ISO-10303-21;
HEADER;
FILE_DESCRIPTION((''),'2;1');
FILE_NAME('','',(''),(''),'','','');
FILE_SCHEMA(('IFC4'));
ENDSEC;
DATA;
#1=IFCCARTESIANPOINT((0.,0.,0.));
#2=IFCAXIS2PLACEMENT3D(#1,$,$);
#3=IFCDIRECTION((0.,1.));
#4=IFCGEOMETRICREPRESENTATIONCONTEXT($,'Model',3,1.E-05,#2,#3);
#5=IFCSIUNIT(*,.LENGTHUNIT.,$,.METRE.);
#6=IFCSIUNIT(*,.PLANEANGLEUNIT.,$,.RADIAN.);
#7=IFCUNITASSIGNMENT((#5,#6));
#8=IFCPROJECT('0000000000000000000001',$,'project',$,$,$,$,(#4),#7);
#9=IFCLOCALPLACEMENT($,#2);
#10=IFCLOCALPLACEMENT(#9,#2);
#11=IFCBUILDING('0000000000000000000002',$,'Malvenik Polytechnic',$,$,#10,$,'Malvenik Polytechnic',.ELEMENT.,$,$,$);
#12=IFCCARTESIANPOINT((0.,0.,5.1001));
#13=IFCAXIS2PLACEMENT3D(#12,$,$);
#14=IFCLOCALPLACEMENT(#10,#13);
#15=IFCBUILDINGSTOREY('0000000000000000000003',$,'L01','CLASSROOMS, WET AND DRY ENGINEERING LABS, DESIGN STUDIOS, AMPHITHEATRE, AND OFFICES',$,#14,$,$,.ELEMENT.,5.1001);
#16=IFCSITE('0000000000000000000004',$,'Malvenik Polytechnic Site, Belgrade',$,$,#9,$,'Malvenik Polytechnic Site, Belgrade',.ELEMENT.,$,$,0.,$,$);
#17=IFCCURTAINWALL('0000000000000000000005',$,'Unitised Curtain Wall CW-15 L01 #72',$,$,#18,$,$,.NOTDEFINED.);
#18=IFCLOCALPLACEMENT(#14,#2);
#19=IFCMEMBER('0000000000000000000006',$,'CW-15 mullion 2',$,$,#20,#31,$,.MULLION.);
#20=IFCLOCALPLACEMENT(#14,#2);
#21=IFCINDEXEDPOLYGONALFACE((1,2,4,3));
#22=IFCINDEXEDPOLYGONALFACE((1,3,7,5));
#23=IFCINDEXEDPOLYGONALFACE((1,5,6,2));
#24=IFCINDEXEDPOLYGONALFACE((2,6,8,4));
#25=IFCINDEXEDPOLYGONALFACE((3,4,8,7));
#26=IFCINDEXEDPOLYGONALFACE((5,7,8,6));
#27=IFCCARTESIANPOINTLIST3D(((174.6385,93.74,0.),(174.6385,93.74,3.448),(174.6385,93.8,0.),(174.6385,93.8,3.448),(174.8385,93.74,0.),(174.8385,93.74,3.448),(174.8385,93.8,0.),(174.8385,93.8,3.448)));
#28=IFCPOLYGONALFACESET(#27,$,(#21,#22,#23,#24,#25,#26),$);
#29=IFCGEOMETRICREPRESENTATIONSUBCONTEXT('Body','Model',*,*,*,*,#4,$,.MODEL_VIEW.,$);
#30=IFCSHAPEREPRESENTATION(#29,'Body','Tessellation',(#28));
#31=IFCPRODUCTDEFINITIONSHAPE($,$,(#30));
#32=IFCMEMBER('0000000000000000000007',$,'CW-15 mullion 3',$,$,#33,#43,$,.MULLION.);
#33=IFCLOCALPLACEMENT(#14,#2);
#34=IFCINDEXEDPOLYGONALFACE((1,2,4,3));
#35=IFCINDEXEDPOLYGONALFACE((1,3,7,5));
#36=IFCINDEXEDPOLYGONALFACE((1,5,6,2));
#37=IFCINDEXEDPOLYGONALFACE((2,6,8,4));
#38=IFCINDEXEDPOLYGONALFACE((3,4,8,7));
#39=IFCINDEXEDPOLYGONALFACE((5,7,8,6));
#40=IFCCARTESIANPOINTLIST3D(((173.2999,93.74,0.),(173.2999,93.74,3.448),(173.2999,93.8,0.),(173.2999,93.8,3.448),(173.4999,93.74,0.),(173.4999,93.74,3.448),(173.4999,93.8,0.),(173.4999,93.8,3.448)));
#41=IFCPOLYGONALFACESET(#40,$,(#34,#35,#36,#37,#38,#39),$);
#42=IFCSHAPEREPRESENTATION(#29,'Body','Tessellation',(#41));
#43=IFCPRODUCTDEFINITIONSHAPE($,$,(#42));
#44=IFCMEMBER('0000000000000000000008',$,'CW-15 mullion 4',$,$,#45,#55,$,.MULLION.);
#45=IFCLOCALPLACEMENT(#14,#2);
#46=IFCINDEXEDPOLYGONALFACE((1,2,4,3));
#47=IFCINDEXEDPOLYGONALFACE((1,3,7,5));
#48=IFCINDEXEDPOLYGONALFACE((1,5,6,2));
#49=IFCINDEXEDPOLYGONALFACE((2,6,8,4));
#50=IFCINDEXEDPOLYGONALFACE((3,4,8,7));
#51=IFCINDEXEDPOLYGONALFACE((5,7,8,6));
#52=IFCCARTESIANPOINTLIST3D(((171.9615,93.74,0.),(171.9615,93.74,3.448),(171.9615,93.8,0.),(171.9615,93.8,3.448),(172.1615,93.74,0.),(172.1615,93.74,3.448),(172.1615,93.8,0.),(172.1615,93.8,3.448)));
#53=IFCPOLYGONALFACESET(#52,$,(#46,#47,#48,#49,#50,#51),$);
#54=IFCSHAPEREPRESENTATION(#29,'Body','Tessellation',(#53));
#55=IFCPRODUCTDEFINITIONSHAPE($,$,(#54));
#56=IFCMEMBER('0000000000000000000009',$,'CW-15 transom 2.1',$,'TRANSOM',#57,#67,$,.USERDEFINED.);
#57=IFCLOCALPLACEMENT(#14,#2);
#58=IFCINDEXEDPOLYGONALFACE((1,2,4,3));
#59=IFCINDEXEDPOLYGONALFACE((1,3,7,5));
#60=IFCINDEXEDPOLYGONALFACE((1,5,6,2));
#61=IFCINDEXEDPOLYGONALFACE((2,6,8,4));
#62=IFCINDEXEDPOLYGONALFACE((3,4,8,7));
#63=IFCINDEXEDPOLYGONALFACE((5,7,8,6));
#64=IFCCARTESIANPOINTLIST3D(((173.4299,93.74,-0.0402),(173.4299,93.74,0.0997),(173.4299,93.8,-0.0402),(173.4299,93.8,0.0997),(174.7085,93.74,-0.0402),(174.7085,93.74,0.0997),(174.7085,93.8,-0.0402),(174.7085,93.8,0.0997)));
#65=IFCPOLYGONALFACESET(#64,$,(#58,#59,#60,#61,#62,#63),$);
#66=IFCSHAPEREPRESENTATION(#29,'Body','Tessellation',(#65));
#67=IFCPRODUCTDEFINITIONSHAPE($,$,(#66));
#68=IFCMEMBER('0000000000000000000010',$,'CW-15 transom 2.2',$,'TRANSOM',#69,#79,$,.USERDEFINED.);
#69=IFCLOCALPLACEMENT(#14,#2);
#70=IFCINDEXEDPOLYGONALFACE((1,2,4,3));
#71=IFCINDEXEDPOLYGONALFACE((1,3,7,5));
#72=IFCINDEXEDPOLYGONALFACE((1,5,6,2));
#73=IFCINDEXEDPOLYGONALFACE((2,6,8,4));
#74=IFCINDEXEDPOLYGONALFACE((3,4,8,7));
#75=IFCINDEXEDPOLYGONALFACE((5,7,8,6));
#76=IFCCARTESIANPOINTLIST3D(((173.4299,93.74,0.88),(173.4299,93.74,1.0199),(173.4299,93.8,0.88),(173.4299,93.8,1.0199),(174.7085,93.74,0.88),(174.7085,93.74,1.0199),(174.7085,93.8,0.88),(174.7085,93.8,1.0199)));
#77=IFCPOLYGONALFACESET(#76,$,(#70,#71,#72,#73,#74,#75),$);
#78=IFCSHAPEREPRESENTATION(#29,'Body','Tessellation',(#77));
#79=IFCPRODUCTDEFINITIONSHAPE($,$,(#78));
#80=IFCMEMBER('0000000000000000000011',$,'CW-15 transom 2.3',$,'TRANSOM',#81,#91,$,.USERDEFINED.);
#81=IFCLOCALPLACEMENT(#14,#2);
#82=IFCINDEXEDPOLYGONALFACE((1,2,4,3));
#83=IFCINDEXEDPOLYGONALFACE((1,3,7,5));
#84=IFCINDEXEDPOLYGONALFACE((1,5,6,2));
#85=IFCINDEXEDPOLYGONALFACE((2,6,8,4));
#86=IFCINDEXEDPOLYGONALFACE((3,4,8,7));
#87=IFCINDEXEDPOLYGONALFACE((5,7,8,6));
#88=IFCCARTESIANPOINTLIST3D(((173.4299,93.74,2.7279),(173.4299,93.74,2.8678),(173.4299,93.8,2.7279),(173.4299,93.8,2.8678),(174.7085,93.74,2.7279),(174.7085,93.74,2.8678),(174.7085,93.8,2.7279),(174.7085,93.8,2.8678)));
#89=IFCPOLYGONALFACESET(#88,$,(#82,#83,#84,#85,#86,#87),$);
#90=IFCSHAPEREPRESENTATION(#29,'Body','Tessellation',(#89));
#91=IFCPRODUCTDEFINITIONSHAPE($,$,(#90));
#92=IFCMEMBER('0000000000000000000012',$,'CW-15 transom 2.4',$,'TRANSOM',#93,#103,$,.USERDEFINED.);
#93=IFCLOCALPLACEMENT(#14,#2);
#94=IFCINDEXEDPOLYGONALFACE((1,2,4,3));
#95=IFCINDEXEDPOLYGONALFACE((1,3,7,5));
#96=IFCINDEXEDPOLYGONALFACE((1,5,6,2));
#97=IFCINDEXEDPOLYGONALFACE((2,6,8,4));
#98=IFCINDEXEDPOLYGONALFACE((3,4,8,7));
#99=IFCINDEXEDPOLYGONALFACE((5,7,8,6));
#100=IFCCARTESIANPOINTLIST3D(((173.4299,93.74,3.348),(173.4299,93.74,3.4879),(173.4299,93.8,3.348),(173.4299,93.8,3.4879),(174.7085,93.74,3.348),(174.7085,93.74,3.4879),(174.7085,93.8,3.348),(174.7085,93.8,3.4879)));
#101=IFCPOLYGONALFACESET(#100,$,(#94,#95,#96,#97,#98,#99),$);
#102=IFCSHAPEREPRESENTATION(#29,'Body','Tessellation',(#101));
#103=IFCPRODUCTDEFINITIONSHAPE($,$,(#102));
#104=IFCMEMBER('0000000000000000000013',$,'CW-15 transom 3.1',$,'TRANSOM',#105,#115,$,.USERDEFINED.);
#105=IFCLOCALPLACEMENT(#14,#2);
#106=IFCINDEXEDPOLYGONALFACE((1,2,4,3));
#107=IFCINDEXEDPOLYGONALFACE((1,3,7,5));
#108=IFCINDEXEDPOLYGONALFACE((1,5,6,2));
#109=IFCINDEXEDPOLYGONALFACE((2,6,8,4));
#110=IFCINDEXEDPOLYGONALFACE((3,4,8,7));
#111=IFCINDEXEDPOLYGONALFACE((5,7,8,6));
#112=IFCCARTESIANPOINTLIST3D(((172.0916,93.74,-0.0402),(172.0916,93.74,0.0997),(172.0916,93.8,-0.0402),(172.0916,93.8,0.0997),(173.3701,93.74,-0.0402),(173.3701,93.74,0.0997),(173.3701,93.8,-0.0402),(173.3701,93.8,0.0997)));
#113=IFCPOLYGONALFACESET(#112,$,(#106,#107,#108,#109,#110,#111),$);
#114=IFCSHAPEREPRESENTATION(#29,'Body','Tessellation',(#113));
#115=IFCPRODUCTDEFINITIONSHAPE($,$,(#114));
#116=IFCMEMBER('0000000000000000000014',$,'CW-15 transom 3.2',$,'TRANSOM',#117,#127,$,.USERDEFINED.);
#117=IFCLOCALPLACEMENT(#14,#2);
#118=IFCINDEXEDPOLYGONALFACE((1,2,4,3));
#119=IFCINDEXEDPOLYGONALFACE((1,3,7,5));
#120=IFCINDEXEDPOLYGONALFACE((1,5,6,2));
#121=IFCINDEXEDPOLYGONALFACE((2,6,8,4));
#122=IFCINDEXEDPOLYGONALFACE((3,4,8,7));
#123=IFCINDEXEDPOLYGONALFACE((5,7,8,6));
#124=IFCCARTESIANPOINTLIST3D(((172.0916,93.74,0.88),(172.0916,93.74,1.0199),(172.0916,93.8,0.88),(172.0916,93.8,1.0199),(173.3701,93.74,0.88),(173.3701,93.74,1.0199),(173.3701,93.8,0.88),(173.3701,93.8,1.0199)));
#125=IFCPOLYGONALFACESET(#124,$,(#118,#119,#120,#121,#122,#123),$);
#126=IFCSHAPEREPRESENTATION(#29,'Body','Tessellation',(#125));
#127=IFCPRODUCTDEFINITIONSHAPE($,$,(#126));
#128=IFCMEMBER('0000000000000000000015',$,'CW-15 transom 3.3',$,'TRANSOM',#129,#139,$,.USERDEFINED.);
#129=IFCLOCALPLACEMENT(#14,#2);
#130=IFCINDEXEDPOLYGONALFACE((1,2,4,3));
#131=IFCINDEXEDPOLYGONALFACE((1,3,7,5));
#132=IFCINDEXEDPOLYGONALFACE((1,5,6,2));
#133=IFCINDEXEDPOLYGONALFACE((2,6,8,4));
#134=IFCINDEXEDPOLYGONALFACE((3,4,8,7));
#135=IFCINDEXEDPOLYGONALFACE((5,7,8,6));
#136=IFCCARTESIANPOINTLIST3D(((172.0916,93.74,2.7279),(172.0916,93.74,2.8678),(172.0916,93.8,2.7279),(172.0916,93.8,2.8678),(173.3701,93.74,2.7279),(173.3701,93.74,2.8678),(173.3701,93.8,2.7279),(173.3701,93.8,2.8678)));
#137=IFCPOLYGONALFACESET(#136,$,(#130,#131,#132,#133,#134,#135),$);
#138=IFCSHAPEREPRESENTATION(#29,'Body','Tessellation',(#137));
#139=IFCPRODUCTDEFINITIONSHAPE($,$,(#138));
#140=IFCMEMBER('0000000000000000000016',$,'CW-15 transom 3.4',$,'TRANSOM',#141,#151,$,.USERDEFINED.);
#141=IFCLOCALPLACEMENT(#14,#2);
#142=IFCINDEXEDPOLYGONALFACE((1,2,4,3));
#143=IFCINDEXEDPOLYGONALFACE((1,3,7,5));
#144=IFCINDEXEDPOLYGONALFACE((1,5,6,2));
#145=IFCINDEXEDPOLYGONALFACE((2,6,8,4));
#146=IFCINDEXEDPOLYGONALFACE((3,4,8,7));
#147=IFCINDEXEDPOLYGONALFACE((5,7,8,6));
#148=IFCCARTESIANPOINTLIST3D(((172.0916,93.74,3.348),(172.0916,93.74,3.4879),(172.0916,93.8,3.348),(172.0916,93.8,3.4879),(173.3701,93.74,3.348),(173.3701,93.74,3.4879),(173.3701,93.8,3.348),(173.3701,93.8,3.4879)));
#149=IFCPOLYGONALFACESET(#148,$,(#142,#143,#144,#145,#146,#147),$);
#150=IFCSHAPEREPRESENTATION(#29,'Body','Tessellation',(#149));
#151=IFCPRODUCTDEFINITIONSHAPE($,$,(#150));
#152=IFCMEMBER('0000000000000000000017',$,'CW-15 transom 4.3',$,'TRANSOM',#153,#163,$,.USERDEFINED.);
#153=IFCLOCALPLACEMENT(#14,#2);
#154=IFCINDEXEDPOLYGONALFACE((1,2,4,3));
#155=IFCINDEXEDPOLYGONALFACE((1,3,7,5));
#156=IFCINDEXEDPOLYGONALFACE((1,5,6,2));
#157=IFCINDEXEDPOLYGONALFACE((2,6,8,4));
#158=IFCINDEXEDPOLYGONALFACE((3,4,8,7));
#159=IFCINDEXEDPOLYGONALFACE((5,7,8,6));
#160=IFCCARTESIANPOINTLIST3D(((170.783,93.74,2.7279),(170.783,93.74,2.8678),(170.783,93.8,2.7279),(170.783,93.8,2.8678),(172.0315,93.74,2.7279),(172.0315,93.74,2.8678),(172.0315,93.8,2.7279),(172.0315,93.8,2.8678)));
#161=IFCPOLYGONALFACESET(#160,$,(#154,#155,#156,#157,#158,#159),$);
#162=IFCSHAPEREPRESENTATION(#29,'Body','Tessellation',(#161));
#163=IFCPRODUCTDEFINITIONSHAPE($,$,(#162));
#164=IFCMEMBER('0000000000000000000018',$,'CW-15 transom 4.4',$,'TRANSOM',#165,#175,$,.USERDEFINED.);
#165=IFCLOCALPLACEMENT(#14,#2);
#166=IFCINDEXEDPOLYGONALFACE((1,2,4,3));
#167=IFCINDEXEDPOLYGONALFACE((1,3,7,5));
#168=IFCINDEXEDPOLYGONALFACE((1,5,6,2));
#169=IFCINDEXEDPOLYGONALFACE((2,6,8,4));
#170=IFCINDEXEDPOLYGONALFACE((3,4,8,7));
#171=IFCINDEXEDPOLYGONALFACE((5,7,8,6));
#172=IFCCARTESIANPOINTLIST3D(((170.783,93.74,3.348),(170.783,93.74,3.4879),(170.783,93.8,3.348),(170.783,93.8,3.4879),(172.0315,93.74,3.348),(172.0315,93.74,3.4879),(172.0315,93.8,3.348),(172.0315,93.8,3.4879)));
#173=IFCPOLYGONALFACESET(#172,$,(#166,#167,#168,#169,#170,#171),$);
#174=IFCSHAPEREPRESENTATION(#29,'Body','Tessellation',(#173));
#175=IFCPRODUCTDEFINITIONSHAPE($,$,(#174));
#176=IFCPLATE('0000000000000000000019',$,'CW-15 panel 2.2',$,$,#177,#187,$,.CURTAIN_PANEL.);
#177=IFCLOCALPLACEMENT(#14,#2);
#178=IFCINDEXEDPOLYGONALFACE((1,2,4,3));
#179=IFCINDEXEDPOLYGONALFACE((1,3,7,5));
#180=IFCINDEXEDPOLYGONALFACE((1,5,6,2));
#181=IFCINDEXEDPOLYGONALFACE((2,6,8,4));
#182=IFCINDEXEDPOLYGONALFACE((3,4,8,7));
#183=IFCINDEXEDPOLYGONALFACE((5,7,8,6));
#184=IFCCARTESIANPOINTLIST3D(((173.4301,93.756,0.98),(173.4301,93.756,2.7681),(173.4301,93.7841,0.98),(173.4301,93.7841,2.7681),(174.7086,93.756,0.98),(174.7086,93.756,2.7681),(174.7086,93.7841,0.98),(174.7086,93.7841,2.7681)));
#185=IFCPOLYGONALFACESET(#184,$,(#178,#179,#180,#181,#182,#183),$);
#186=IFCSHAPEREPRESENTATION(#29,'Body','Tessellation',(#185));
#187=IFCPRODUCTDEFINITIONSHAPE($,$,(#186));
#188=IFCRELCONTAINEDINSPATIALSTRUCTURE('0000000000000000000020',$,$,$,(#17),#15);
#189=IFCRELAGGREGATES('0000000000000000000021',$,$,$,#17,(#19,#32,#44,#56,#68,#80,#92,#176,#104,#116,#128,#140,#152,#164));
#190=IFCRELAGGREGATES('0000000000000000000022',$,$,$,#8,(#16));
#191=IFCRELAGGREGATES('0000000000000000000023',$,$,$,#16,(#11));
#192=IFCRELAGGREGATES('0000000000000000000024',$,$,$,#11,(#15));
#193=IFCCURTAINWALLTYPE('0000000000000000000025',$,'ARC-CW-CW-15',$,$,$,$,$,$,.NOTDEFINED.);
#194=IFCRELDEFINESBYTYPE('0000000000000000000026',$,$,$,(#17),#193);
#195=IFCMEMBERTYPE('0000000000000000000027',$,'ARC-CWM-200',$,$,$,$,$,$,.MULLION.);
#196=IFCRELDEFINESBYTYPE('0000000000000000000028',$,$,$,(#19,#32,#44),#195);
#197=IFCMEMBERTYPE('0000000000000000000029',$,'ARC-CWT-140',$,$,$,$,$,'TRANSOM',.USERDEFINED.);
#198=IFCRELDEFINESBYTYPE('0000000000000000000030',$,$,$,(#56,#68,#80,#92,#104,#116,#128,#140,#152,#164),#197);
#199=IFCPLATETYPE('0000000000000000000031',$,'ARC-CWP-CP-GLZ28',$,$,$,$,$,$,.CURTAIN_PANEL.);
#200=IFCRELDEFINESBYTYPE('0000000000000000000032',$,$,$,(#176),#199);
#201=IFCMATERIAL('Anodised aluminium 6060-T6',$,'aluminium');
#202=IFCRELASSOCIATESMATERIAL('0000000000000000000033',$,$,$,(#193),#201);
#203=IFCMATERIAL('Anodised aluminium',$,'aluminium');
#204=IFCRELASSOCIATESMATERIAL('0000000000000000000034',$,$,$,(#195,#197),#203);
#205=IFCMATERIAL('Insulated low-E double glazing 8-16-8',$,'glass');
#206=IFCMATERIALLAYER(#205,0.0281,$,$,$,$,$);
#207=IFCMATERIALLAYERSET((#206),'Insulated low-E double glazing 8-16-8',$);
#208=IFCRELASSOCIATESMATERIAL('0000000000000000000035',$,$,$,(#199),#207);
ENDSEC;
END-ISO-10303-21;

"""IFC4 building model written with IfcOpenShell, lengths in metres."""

from ifc_helpers import new_model, si_unit, direction, frame, origin, origin_2d, place, context, subcontext, project, spatial, rectangle, extrude, material, layer, layer_set, material_profile, profile_set, type_object, element, aggregate, save


model = new_model("IFC4")

# Units and contexts
model_context = context("Model", 3, precision=1e-05, world=origin(), true_north=direction((0.0, 1.0)))
body_context = subcontext(model_context, "Body", "Model", "MODEL_VIEW")
ifc_project = project(units=[si_unit("LENGTHUNIT", "METRE"), si_unit("PLANEANGLEUNIT", "RADIAN")], contexts=[model_context])

# Site, building, storey
site_placement = place(None, origin())
site = spatial("IfcSite", under=ifc_project, at=site_placement, Name="Malvenik Polytechnic Site, Belgrade", LongName="Malvenik Polytechnic Site, Belgrade", CompositionType="ELEMENT", RefElevation=0.0)
building_placement = place(site_placement, origin())
building = spatial("IfcBuilding", under=site, at=building_placement, Name="Malvenik Polytechnic", LongName="Malvenik Polytechnic", CompositionType="ELEMENT")
storey_placement = place(building_placement, frame((0.0, 0.0, 5.1001)))
storey = spatial("IfcBuildingStorey", under=building, at=storey_placement, Name="L01", Description="CLASSROOMS, WET AND DRY ENGINEERING LABS, DESIGN STUDIOS, AMPHITHEATRE, AND OFFICES", CompositionType="ELEMENT", Elevation=5.1001)

# Curtain wall, members, plate
ifc_material_1 = material(Name="Anodised aluminium 6060-T6", Category="aluminium")
curtain_wall_type = type_object("IfcCurtainWallType", Name="ARC-CW-CW-15", PredefinedType="NOTDEFINED", material=ifc_material_1)
curtain_wall_placement = place(storey_placement, origin())
curtain_wall = element("IfcCurtainWall", 1, at=curtain_wall_placement, inside=storey, type_object=curtain_wall_type, Name="Unitised Curtain Wall CW-15 L01 #72", PredefinedType="NOTDEFINED")
ifc_material_2 = material(Name="Anodised aluminium", Category="aluminium")
ifc_material_profile_1 = material_profile(ifc_material_2, rectangle(XDim=0.0601, YDim=0.2, at=origin_2d()), Name="ALU MULLION 60x200")
ifc_profile_set_1 = profile_set([ifc_material_profile_1], Name="Anodised aluminium")
member_type_1 = type_object("IfcMemberType", Name="ARC-CWM-200", PredefinedType="MULLION", material=ifc_profile_set_1)
member_1_placement = place(storey_placement, frame((174.7385, 93.77, 0.0), z_axis=(0.0, 0.0, 1.0), x_axis=(0.0, -1.0, 0.0)))
member_1 = element("IfcMember", 2, at=member_1_placement, type_object=member_type_1, Name="CW-15 mullion 2", PredefinedType="MULLION", context=body_context, shape_type="SweptSolid", body=[
    extrude(rectangle(XDim=0.0601, YDim=0.2, at=origin_2d()), origin(), (0.0, 0.0, 1.0), 3.448),
])
member_2_placement = place(storey_placement, frame((173.3999, 93.77, 0.0), z_axis=(0.0, 0.0, 1.0), x_axis=(0.0, -1.0, 0.0)))
member_2 = element("IfcMember", 3, at=member_2_placement, type_object=member_type_1, Name="CW-15 mullion 3", PredefinedType="MULLION", context=body_context, shape_type="SweptSolid", body=[
    extrude(rectangle(XDim=0.0601, YDim=0.2, at=origin_2d()), origin(), (0.0, 0.0, 1.0), 3.448),
])
member_3_placement = place(storey_placement, frame((172.0615, 93.77, 0.0), z_axis=(0.0, 0.0, 1.0), x_axis=(0.0, -1.0, 0.0)))
member_3 = element("IfcMember", 4, at=member_3_placement, type_object=member_type_1, Name="CW-15 mullion 4", PredefinedType="MULLION", context=body_context, shape_type="SweptSolid", body=[
    extrude(rectangle(XDim=0.0601, YDim=0.2, at=origin_2d()), origin(), (0.0, 0.0, 1.0), 3.448),
])
ifc_material_profile_2 = material_profile(ifc_material_2, rectangle(XDim=0.0601, YDim=0.1399, at=origin_2d()), Name="ALU TRANSOM 60x140")
ifc_profile_set_2 = profile_set([ifc_material_profile_2], Name="Anodised aluminium")
member_type_2 = type_object("IfcMemberType", Name="ARC-CWT-140", ElementType="TRANSOM", PredefinedType="USERDEFINED", material=ifc_profile_set_2)
member_4_placement = place(storey_placement, frame((174.7085, 93.77, 0.0298), z_axis=(-1.0, 0.0, 0.0), x_axis=(0.0, -1.0, 0.0)))
member_4 = element("IfcMember", 5, at=member_4_placement, type_object=member_type_2, Name="CW-15 transom 2.1", ObjectType="TRANSOM", PredefinedType="USERDEFINED", context=body_context, shape_type="SweptSolid", body=[
    extrude(rectangle(XDim=0.0601, YDim=0.1399, at=origin_2d()), origin(), (0.0, 0.0, 1.0), 1.2786),
])
member_5_placement = place(storey_placement, frame((174.7085, 93.77, 0.95), z_axis=(-1.0, 0.0, 0.0), x_axis=(0.0, -1.0, 0.0)))
member_5 = element("IfcMember", 6, at=member_5_placement, type_object=member_type_2, Name="CW-15 transom 2.2", ObjectType="TRANSOM", PredefinedType="USERDEFINED", context=body_context, shape_type="SweptSolid", body=[
    extrude(rectangle(XDim=0.0601, YDim=0.1399, at=origin_2d()), origin(), (0.0, 0.0, 1.0), 1.2786),
])
member_6_placement = place(storey_placement, frame((174.7085, 93.77, 2.7979), z_axis=(-1.0, 0.0, 0.0), x_axis=(0.0, -1.0, 0.0)))
member_6 = element("IfcMember", 7, at=member_6_placement, type_object=member_type_2, Name="CW-15 transom 2.3", ObjectType="TRANSOM", PredefinedType="USERDEFINED", context=body_context, shape_type="SweptSolid", body=[
    extrude(rectangle(XDim=0.0601, YDim=0.1399, at=origin_2d()), origin(), (0.0, 0.0, 1.0), 1.2786),
])
member_7_placement = place(storey_placement, frame((174.7085, 93.77, 3.418), z_axis=(-1.0, 0.0, 0.0), x_axis=(0.0, -1.0, 0.0)))
member_7 = element("IfcMember", 8, at=member_7_placement, type_object=member_type_2, Name="CW-15 transom 2.4", ObjectType="TRANSOM", PredefinedType="USERDEFINED", context=body_context, shape_type="SweptSolid", body=[
    extrude(rectangle(XDim=0.0601, YDim=0.1399, at=origin_2d()), origin(), (0.0, 0.0, 1.0), 1.2786),
])
member_8_placement = place(storey_placement, frame((173.3701, 93.77, 0.0298), z_axis=(-1.0, 0.0, 0.0), x_axis=(0.0, -1.0, 0.0)))
member_8 = element("IfcMember", 9, at=member_8_placement, type_object=member_type_2, Name="CW-15 transom 3.1", ObjectType="TRANSOM", PredefinedType="USERDEFINED", context=body_context, shape_type="SweptSolid", body=[
    extrude(rectangle(XDim=0.0601, YDim=0.1399, at=origin_2d()), origin(), (0.0, 0.0, 1.0), 1.2786),
])
member_9_placement = place(storey_placement, frame((173.3701, 93.77, 0.95), z_axis=(-1.0, 0.0, 0.0), x_axis=(0.0, -1.0, 0.0)))
member_9 = element("IfcMember", 10, at=member_9_placement, type_object=member_type_2, Name="CW-15 transom 3.2", ObjectType="TRANSOM", PredefinedType="USERDEFINED", context=body_context, shape_type="SweptSolid", body=[
    extrude(rectangle(XDim=0.0601, YDim=0.1399, at=origin_2d()), origin(), (0.0, 0.0, 1.0), 1.2786),
])
member_10_placement = place(storey_placement, frame((173.3701, 93.77, 2.7979), z_axis=(-1.0, 0.0, 0.0), x_axis=(0.0, -1.0, 0.0)))
member_10 = element("IfcMember", 11, at=member_10_placement, type_object=member_type_2, Name="CW-15 transom 3.3", ObjectType="TRANSOM", PredefinedType="USERDEFINED", context=body_context, shape_type="SweptSolid", body=[
    extrude(rectangle(XDim=0.0601, YDim=0.1399, at=origin_2d()), origin(), (0.0, 0.0, 1.0), 1.2786),
])
member_11_placement = place(storey_placement, frame((173.3701, 93.77, 3.418), z_axis=(-1.0, 0.0, 0.0), x_axis=(0.0, -1.0, 0.0)))
member_11 = element("IfcMember", 12, at=member_11_placement, type_object=member_type_2, Name="CW-15 transom 3.4", ObjectType="TRANSOM", PredefinedType="USERDEFINED", context=body_context, shape_type="SweptSolid", body=[
    extrude(rectangle(XDim=0.0601, YDim=0.1399, at=origin_2d()), origin(), (0.0, 0.0, 1.0), 1.2786),
])
member_12_placement = place(storey_placement, frame((172.0315, 93.77, 2.7979), z_axis=(-1.0, 0.0, 0.0), x_axis=(0.0, -1.0, 0.0)))
member_12 = element("IfcMember", 13, at=member_12_placement, type_object=member_type_2, Name="CW-15 transom 4.3", ObjectType="TRANSOM", PredefinedType="USERDEFINED", context=body_context, shape_type="SweptSolid", body=[
    extrude(rectangle(XDim=0.0601, YDim=0.1399, at=origin_2d()), origin(), (0.0, 0.0, 1.0), 1.2485),
])
member_13_placement = place(storey_placement, frame((172.0315, 93.77, 3.418), z_axis=(-1.0, 0.0, 0.0), x_axis=(0.0, -1.0, 0.0)))
member_13 = element("IfcMember", 14, at=member_13_placement, type_object=member_type_2, Name="CW-15 transom 4.4", ObjectType="TRANSOM", PredefinedType="USERDEFINED", context=body_context, shape_type="SweptSolid", body=[
    extrude(rectangle(XDim=0.0601, YDim=0.1399, at=origin_2d()), origin(), (0.0, 0.0, 1.0), 1.2485),
])
ifc_material_3 = material(Name="Insulated low-E double glazing 8-16-8", Category="glass")
ifc_layer_1 = layer(ifc_material_3, 0.0281)
ifc_layer_set_1 = layer_set([ifc_layer_1], Name="Insulated low-E double glazing 8-16-8")
plate_type_1 = type_object("IfcPlateType", Name="ARC-CWP-CP-GLZ28", PredefinedType="CURTAIN_PANEL", material=ifc_layer_set_1)
plate_1_placement = place(storey_placement, frame((174.0693, 93.77, 0.98), z_axis=(0.0, 0.0, 1.0), x_axis=(-1.0, 0.0, 0.0)))
plate_1 = element("IfcPlate", 15, at=plate_1_placement, type_object=plate_type_1, Name="CW-15 panel 2.2", PredefinedType="CURTAIN_PANEL", context=body_context, shape_type="SweptSolid", body=[
    extrude(rectangle(XDim=1.2786, YDim=0.0281, at=origin_2d()), origin(), (0.0, 0.0, 1.0), 1.7881),
])
aggregate(curtain_wall, [member_1, member_2, member_3, member_4, member_5, member_6, member_7, plate_1, member_8, member_9, member_10, member_11, member_12, member_13])

save(model, "model.ifc")
